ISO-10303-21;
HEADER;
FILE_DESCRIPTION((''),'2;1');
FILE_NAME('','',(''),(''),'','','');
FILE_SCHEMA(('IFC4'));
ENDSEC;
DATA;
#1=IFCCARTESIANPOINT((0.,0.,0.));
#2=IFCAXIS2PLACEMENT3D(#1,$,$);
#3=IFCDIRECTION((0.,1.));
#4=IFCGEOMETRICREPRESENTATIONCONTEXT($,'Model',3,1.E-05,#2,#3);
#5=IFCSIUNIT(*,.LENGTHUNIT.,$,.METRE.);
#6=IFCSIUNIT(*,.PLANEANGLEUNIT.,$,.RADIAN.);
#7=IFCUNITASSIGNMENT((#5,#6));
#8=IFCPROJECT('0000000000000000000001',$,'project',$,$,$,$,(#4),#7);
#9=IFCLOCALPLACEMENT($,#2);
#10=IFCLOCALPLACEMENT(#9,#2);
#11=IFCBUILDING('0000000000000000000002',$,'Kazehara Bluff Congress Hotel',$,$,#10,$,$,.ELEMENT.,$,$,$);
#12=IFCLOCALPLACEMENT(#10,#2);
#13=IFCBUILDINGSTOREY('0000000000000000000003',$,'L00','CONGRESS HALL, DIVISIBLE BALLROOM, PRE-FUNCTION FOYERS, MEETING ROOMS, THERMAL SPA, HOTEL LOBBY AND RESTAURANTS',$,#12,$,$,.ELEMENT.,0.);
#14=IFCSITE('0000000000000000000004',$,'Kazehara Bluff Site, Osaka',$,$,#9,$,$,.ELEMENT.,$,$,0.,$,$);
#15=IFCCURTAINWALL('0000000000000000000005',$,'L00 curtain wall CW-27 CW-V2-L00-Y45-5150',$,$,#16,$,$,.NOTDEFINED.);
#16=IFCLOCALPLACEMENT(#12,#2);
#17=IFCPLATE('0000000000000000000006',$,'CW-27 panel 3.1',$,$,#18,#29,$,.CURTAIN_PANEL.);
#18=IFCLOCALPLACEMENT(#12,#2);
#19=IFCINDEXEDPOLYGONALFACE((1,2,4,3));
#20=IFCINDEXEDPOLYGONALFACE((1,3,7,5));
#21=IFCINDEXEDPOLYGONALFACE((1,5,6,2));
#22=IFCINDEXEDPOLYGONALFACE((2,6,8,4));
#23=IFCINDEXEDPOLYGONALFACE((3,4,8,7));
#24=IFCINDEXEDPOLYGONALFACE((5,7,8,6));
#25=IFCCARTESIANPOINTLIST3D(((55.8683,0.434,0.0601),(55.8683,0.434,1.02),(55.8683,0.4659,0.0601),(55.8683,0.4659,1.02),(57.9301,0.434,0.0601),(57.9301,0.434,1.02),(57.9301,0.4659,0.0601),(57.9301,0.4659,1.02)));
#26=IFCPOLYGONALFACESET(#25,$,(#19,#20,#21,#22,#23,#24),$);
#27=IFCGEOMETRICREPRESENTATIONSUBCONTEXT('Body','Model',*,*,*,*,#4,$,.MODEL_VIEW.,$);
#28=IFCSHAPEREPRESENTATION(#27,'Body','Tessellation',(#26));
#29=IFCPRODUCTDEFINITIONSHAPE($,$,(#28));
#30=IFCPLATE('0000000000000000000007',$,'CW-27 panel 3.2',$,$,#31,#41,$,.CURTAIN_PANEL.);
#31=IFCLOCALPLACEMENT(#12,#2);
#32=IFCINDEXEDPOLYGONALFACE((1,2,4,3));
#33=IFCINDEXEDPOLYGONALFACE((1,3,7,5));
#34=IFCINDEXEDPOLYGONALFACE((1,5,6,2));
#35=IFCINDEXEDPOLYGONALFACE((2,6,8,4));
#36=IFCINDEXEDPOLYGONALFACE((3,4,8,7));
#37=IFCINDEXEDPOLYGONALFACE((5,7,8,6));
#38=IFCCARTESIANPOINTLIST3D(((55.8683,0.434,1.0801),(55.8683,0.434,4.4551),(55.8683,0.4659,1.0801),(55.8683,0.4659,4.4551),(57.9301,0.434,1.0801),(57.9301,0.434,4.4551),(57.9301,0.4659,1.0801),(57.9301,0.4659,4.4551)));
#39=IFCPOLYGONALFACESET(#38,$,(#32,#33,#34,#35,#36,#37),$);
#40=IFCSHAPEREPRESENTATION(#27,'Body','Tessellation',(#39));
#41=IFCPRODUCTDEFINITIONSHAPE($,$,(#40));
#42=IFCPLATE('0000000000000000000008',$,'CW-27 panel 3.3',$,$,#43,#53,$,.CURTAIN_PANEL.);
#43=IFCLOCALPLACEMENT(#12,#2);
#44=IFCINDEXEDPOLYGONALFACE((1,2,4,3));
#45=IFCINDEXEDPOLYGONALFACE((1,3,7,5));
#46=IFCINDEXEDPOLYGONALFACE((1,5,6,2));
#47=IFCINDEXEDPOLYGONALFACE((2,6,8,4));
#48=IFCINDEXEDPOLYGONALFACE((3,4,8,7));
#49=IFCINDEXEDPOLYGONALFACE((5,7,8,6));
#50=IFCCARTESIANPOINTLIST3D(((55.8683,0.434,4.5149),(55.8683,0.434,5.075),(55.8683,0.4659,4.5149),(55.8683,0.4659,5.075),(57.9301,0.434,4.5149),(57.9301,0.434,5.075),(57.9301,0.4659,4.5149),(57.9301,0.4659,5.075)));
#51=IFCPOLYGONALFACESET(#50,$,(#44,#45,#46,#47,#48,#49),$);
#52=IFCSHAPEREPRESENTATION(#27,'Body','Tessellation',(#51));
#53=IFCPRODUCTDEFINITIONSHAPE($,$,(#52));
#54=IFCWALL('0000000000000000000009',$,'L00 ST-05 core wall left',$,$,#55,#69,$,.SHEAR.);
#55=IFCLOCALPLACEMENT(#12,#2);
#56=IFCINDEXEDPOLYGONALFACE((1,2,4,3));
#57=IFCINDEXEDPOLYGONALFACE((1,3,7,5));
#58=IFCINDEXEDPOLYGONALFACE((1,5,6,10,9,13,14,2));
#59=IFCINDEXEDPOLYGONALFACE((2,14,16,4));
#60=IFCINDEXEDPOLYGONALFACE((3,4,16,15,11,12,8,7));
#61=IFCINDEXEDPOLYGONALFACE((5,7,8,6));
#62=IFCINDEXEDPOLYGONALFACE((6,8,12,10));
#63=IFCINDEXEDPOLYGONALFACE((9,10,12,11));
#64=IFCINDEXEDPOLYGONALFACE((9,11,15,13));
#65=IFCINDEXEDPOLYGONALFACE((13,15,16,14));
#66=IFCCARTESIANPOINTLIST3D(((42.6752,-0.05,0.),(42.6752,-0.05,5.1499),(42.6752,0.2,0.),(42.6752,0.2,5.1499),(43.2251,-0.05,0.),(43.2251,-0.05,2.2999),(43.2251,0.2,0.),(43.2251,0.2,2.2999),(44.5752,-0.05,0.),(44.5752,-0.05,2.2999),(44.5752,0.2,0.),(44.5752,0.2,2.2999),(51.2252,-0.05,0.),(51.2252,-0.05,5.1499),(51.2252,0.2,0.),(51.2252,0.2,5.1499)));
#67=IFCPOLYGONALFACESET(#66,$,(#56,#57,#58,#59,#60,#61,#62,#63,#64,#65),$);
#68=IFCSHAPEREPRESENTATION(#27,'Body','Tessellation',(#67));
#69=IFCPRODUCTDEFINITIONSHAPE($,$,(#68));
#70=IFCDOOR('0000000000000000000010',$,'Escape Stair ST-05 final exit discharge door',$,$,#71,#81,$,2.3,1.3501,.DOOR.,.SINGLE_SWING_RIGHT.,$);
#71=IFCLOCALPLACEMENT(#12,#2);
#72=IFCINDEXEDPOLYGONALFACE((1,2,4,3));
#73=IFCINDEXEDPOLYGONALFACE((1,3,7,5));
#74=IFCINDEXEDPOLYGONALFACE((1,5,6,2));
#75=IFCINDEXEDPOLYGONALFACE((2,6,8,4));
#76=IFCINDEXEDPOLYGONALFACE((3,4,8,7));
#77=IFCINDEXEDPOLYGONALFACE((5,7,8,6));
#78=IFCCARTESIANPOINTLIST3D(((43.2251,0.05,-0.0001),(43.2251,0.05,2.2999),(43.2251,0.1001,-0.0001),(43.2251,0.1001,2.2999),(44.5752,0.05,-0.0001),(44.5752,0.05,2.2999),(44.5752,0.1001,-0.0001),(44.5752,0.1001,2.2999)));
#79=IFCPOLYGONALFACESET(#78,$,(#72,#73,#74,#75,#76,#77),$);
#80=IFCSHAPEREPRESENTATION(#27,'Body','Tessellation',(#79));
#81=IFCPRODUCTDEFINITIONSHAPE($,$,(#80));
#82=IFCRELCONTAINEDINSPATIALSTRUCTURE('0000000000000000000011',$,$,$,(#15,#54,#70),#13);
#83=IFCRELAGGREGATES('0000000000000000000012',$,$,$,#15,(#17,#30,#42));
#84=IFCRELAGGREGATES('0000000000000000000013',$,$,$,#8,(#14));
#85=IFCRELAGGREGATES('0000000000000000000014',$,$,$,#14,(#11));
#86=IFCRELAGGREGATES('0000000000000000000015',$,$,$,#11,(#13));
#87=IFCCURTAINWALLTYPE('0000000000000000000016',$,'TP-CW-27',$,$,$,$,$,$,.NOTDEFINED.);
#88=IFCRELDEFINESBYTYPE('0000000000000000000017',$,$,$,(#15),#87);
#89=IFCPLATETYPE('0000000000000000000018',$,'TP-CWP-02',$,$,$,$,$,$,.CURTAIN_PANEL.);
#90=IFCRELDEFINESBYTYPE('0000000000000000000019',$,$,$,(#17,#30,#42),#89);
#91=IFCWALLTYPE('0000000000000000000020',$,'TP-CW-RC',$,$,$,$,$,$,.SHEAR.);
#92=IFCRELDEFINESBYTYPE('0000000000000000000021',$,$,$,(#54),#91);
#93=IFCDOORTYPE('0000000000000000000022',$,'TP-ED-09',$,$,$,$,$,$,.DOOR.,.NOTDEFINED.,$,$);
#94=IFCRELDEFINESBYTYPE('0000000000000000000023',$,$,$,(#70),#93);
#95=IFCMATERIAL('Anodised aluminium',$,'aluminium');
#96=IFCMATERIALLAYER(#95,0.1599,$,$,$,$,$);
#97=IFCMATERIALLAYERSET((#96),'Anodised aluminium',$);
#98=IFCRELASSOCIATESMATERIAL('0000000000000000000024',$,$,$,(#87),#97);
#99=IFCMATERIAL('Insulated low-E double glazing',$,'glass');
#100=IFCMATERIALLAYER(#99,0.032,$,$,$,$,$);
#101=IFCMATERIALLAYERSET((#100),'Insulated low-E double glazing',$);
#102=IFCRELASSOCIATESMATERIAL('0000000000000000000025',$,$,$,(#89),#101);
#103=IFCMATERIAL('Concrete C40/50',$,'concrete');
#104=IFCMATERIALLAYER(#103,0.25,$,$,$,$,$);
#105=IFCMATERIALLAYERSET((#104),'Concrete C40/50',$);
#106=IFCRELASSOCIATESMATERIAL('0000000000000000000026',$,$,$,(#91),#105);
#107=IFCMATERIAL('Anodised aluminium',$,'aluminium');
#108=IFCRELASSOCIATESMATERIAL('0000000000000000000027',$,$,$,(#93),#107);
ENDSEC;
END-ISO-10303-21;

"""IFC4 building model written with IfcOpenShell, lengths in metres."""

from ifc_helpers import new_model, si_unit, direction, frame, frame_2d, origin, origin_2d, place, context, subcontext, project, spatial, rectangle, extrude, material, layer, layer_set, type_object, element, fill, aggregate, save


model = new_model("IFC4")

# Units and contexts
model_context = context("Model", 3, precision=1e-05, world=origin(), true_north=direction((0.0, 1.0)))
body_context = subcontext(model_context, "Body", "Model", "MODEL_VIEW")
ifc_project = project(units=[si_unit("LENGTHUNIT", "METRE"), si_unit("PLANEANGLEUNIT", "RADIAN")], contexts=[model_context])

# Site, building, storey
site_placement = place(None, origin())
site = spatial("IfcSite", under=ifc_project, at=site_placement, Name="Kazehara Bluff Site, Osaka", CompositionType="ELEMENT", RefElevation=0.0)
building_placement = place(site_placement, origin())
building = spatial("IfcBuilding", under=site, at=building_placement, Name="Kazehara Bluff Congress Hotel", CompositionType="ELEMENT")
storey_placement = place(building_placement, origin())
storey = spatial("IfcBuildingStorey", under=building, at=storey_placement, Name="L00", Description="CONGRESS HALL, DIVISIBLE BALLROOM, PRE-FUNCTION FOYERS, MEETING ROOMS, THERMAL SPA, HOTEL LOBBY AND RESTAURANTS", CompositionType="ELEMENT", Elevation=0.0)

# Curtain wall
ifc_material_1 = material(Name="Anodised aluminium", Category="aluminium")
ifc_layer_1 = layer(ifc_material_1, 0.1599)
ifc_layer_set_1 = layer_set([ifc_layer_1], Name="Anodised aluminium")
curtain_wall_type_1 = type_object("IfcCurtainWallType", Name="TP-CW-27", PredefinedType="NOTDEFINED", material=ifc_layer_set_1)
curtain_wall_1_placement = place(storey_placement, origin())
curtain_wall_1 = element("IfcCurtainWall", 1, at=curtain_wall_1_placement, inside=storey, type_object=curtain_wall_type_1, Name="L00 curtain wall CW-27 CW-V2-L00-Y45-5150", PredefinedType="NOTDEFINED")

# Plates
ifc_material_2 = material(Name="Insulated low-E double glazing", Category="glass")
ifc_layer_2 = layer(ifc_material_2, 0.032)
ifc_layer_set_2 = layer_set([ifc_layer_2], Name="Insulated low-E double glazing")
plate_type = type_object("IfcPlateType", Name="TP-CWP-02", PredefinedType="CURTAIN_PANEL", material=ifc_layer_set_2)
plate_1_placement = place(storey_placement, frame((56.8992, 0.45, 0.0601), z_axis=(0.0, 0.0, 1.0), x_axis=(1.0, 0.0, 0.0)))
plate_1 = element("IfcPlate", 2, at=plate_1_placement, type_object=plate_type, Name="CW-27 panel 3.1", PredefinedType="CURTAIN_PANEL", context=body_context, shape_type="SweptSolid", body=[
    extrude(rectangle(XDim=2.0618, YDim=0.032, at=origin_2d()), origin(), (0.0, 0.0, 1.0), 0.96),
])
plate_2_placement = place(storey_placement, frame((56.8992, 0.45, 1.0801), z_axis=(0.0, 0.0, 1.0), x_axis=(1.0, 0.0, 0.0)))
plate_2 = element("IfcPlate", 3, at=plate_2_placement, type_object=plate_type, Name="CW-27 panel 3.2", PredefinedType="CURTAIN_PANEL", context=body_context, shape_type="SweptSolid", body=[
    extrude(rectangle(XDim=2.0618, YDim=0.032, at=origin_2d()), origin(), (0.0, 0.0, 1.0), 3.375),
])
plate_3_placement = place(storey_placement, frame((56.8992, 0.45, 4.5149), z_axis=(0.0, 0.0, 1.0), x_axis=(1.0, 0.0, 0.0)))
plate_3 = element("IfcPlate", 4, at=plate_3_placement, type_object=plate_type, Name="CW-27 panel 3.3", PredefinedType="CURTAIN_PANEL", context=body_context, shape_type="SweptSolid", body=[
    extrude(rectangle(XDim=2.0618, YDim=0.032, at=origin_2d()), origin(), (0.0, 0.0, 1.0), 0.5601),
])
aggregate(curtain_wall_1, [plate_1, plate_2, plate_3])

# Wall, opening, door
ifc_material_3 = material(Name="Concrete C40/50", Category="concrete")
ifc_layer_3 = layer(ifc_material_3, 0.25)
ifc_layer_set_3 = layer_set([ifc_layer_3], Name="Concrete C40/50")
wall_type = type_object("IfcWallType", Name="TP-CW-RC", PredefinedType="SHEAR", material=ifc_layer_set_3)
wall_placement = place(storey_placement, frame((51.2251, 0.075, 0.0), z_axis=(0.0, 0.0, 1.0), x_axis=(-1.0, 0.0, 0.0)))
wall = element("IfcWall", 5, at=wall_placement, inside=storey, type_object=wall_type, Name="L00 ST-05 core wall left", PredefinedType="SHEAR", context=body_context, shape_type="SweptSolid", body=[
    extrude(rectangle(XDim=8.55, YDim=0.25, at=frame_2d((4.2749, 0.0))), origin(), (0.0, 0.0, 1.0), 5.1499),
])
opening_placement = place(wall_placement, frame((6.6499, 0.0, 0.0)))
opening = element("IfcOpeningElement", 6, at=opening_placement, cuts=wall, PredefinedType="OPENING", context=body_context, shape_type="SweptSolid", body=[
    extrude(rectangle(XDim=1.3501, YDim=2.3, at=frame_2d((0.675, 1.1499))), frame((0.0, 0.135, 0.0), z_axis=(0.0, -1.0, 0.0), x_axis=(1.0, 0.0, 0.0)), (0.0, 0.0, 1.0), 0.27),
])
ifc_material_4 = material(Name="Anodised aluminium", Category="aluminium")
door_type = type_object("IfcDoorType", Name="TP-ED-09", OperationType="NOTDEFINED", PredefinedType="DOOR", material=ifc_material_4)
door_placement = place(opening_placement, origin())
door = element("IfcDoor", 7, at=door_placement, inside=storey, type_object=door_type, Name="Escape Stair ST-05 final exit discharge door", OperationType="SINGLE_SWING_RIGHT", OverallHeight=2.3, OverallWidth=1.3501, PredefinedType="DOOR", context=body_context, shape_type="SweptSolid", body=[
    extrude(rectangle(XDim=1.3501, YDim=2.3, at=frame_2d((0.675, 1.1499))), frame((0.0, 0.0249, 0.0), z_axis=(0.0, -1.0, 0.0), x_axis=(1.0, 0.0, 0.0)), (0.0, 0.0, 1.0), 0.05),
])
fill(opening, door)

save(model, "model.ifc")
